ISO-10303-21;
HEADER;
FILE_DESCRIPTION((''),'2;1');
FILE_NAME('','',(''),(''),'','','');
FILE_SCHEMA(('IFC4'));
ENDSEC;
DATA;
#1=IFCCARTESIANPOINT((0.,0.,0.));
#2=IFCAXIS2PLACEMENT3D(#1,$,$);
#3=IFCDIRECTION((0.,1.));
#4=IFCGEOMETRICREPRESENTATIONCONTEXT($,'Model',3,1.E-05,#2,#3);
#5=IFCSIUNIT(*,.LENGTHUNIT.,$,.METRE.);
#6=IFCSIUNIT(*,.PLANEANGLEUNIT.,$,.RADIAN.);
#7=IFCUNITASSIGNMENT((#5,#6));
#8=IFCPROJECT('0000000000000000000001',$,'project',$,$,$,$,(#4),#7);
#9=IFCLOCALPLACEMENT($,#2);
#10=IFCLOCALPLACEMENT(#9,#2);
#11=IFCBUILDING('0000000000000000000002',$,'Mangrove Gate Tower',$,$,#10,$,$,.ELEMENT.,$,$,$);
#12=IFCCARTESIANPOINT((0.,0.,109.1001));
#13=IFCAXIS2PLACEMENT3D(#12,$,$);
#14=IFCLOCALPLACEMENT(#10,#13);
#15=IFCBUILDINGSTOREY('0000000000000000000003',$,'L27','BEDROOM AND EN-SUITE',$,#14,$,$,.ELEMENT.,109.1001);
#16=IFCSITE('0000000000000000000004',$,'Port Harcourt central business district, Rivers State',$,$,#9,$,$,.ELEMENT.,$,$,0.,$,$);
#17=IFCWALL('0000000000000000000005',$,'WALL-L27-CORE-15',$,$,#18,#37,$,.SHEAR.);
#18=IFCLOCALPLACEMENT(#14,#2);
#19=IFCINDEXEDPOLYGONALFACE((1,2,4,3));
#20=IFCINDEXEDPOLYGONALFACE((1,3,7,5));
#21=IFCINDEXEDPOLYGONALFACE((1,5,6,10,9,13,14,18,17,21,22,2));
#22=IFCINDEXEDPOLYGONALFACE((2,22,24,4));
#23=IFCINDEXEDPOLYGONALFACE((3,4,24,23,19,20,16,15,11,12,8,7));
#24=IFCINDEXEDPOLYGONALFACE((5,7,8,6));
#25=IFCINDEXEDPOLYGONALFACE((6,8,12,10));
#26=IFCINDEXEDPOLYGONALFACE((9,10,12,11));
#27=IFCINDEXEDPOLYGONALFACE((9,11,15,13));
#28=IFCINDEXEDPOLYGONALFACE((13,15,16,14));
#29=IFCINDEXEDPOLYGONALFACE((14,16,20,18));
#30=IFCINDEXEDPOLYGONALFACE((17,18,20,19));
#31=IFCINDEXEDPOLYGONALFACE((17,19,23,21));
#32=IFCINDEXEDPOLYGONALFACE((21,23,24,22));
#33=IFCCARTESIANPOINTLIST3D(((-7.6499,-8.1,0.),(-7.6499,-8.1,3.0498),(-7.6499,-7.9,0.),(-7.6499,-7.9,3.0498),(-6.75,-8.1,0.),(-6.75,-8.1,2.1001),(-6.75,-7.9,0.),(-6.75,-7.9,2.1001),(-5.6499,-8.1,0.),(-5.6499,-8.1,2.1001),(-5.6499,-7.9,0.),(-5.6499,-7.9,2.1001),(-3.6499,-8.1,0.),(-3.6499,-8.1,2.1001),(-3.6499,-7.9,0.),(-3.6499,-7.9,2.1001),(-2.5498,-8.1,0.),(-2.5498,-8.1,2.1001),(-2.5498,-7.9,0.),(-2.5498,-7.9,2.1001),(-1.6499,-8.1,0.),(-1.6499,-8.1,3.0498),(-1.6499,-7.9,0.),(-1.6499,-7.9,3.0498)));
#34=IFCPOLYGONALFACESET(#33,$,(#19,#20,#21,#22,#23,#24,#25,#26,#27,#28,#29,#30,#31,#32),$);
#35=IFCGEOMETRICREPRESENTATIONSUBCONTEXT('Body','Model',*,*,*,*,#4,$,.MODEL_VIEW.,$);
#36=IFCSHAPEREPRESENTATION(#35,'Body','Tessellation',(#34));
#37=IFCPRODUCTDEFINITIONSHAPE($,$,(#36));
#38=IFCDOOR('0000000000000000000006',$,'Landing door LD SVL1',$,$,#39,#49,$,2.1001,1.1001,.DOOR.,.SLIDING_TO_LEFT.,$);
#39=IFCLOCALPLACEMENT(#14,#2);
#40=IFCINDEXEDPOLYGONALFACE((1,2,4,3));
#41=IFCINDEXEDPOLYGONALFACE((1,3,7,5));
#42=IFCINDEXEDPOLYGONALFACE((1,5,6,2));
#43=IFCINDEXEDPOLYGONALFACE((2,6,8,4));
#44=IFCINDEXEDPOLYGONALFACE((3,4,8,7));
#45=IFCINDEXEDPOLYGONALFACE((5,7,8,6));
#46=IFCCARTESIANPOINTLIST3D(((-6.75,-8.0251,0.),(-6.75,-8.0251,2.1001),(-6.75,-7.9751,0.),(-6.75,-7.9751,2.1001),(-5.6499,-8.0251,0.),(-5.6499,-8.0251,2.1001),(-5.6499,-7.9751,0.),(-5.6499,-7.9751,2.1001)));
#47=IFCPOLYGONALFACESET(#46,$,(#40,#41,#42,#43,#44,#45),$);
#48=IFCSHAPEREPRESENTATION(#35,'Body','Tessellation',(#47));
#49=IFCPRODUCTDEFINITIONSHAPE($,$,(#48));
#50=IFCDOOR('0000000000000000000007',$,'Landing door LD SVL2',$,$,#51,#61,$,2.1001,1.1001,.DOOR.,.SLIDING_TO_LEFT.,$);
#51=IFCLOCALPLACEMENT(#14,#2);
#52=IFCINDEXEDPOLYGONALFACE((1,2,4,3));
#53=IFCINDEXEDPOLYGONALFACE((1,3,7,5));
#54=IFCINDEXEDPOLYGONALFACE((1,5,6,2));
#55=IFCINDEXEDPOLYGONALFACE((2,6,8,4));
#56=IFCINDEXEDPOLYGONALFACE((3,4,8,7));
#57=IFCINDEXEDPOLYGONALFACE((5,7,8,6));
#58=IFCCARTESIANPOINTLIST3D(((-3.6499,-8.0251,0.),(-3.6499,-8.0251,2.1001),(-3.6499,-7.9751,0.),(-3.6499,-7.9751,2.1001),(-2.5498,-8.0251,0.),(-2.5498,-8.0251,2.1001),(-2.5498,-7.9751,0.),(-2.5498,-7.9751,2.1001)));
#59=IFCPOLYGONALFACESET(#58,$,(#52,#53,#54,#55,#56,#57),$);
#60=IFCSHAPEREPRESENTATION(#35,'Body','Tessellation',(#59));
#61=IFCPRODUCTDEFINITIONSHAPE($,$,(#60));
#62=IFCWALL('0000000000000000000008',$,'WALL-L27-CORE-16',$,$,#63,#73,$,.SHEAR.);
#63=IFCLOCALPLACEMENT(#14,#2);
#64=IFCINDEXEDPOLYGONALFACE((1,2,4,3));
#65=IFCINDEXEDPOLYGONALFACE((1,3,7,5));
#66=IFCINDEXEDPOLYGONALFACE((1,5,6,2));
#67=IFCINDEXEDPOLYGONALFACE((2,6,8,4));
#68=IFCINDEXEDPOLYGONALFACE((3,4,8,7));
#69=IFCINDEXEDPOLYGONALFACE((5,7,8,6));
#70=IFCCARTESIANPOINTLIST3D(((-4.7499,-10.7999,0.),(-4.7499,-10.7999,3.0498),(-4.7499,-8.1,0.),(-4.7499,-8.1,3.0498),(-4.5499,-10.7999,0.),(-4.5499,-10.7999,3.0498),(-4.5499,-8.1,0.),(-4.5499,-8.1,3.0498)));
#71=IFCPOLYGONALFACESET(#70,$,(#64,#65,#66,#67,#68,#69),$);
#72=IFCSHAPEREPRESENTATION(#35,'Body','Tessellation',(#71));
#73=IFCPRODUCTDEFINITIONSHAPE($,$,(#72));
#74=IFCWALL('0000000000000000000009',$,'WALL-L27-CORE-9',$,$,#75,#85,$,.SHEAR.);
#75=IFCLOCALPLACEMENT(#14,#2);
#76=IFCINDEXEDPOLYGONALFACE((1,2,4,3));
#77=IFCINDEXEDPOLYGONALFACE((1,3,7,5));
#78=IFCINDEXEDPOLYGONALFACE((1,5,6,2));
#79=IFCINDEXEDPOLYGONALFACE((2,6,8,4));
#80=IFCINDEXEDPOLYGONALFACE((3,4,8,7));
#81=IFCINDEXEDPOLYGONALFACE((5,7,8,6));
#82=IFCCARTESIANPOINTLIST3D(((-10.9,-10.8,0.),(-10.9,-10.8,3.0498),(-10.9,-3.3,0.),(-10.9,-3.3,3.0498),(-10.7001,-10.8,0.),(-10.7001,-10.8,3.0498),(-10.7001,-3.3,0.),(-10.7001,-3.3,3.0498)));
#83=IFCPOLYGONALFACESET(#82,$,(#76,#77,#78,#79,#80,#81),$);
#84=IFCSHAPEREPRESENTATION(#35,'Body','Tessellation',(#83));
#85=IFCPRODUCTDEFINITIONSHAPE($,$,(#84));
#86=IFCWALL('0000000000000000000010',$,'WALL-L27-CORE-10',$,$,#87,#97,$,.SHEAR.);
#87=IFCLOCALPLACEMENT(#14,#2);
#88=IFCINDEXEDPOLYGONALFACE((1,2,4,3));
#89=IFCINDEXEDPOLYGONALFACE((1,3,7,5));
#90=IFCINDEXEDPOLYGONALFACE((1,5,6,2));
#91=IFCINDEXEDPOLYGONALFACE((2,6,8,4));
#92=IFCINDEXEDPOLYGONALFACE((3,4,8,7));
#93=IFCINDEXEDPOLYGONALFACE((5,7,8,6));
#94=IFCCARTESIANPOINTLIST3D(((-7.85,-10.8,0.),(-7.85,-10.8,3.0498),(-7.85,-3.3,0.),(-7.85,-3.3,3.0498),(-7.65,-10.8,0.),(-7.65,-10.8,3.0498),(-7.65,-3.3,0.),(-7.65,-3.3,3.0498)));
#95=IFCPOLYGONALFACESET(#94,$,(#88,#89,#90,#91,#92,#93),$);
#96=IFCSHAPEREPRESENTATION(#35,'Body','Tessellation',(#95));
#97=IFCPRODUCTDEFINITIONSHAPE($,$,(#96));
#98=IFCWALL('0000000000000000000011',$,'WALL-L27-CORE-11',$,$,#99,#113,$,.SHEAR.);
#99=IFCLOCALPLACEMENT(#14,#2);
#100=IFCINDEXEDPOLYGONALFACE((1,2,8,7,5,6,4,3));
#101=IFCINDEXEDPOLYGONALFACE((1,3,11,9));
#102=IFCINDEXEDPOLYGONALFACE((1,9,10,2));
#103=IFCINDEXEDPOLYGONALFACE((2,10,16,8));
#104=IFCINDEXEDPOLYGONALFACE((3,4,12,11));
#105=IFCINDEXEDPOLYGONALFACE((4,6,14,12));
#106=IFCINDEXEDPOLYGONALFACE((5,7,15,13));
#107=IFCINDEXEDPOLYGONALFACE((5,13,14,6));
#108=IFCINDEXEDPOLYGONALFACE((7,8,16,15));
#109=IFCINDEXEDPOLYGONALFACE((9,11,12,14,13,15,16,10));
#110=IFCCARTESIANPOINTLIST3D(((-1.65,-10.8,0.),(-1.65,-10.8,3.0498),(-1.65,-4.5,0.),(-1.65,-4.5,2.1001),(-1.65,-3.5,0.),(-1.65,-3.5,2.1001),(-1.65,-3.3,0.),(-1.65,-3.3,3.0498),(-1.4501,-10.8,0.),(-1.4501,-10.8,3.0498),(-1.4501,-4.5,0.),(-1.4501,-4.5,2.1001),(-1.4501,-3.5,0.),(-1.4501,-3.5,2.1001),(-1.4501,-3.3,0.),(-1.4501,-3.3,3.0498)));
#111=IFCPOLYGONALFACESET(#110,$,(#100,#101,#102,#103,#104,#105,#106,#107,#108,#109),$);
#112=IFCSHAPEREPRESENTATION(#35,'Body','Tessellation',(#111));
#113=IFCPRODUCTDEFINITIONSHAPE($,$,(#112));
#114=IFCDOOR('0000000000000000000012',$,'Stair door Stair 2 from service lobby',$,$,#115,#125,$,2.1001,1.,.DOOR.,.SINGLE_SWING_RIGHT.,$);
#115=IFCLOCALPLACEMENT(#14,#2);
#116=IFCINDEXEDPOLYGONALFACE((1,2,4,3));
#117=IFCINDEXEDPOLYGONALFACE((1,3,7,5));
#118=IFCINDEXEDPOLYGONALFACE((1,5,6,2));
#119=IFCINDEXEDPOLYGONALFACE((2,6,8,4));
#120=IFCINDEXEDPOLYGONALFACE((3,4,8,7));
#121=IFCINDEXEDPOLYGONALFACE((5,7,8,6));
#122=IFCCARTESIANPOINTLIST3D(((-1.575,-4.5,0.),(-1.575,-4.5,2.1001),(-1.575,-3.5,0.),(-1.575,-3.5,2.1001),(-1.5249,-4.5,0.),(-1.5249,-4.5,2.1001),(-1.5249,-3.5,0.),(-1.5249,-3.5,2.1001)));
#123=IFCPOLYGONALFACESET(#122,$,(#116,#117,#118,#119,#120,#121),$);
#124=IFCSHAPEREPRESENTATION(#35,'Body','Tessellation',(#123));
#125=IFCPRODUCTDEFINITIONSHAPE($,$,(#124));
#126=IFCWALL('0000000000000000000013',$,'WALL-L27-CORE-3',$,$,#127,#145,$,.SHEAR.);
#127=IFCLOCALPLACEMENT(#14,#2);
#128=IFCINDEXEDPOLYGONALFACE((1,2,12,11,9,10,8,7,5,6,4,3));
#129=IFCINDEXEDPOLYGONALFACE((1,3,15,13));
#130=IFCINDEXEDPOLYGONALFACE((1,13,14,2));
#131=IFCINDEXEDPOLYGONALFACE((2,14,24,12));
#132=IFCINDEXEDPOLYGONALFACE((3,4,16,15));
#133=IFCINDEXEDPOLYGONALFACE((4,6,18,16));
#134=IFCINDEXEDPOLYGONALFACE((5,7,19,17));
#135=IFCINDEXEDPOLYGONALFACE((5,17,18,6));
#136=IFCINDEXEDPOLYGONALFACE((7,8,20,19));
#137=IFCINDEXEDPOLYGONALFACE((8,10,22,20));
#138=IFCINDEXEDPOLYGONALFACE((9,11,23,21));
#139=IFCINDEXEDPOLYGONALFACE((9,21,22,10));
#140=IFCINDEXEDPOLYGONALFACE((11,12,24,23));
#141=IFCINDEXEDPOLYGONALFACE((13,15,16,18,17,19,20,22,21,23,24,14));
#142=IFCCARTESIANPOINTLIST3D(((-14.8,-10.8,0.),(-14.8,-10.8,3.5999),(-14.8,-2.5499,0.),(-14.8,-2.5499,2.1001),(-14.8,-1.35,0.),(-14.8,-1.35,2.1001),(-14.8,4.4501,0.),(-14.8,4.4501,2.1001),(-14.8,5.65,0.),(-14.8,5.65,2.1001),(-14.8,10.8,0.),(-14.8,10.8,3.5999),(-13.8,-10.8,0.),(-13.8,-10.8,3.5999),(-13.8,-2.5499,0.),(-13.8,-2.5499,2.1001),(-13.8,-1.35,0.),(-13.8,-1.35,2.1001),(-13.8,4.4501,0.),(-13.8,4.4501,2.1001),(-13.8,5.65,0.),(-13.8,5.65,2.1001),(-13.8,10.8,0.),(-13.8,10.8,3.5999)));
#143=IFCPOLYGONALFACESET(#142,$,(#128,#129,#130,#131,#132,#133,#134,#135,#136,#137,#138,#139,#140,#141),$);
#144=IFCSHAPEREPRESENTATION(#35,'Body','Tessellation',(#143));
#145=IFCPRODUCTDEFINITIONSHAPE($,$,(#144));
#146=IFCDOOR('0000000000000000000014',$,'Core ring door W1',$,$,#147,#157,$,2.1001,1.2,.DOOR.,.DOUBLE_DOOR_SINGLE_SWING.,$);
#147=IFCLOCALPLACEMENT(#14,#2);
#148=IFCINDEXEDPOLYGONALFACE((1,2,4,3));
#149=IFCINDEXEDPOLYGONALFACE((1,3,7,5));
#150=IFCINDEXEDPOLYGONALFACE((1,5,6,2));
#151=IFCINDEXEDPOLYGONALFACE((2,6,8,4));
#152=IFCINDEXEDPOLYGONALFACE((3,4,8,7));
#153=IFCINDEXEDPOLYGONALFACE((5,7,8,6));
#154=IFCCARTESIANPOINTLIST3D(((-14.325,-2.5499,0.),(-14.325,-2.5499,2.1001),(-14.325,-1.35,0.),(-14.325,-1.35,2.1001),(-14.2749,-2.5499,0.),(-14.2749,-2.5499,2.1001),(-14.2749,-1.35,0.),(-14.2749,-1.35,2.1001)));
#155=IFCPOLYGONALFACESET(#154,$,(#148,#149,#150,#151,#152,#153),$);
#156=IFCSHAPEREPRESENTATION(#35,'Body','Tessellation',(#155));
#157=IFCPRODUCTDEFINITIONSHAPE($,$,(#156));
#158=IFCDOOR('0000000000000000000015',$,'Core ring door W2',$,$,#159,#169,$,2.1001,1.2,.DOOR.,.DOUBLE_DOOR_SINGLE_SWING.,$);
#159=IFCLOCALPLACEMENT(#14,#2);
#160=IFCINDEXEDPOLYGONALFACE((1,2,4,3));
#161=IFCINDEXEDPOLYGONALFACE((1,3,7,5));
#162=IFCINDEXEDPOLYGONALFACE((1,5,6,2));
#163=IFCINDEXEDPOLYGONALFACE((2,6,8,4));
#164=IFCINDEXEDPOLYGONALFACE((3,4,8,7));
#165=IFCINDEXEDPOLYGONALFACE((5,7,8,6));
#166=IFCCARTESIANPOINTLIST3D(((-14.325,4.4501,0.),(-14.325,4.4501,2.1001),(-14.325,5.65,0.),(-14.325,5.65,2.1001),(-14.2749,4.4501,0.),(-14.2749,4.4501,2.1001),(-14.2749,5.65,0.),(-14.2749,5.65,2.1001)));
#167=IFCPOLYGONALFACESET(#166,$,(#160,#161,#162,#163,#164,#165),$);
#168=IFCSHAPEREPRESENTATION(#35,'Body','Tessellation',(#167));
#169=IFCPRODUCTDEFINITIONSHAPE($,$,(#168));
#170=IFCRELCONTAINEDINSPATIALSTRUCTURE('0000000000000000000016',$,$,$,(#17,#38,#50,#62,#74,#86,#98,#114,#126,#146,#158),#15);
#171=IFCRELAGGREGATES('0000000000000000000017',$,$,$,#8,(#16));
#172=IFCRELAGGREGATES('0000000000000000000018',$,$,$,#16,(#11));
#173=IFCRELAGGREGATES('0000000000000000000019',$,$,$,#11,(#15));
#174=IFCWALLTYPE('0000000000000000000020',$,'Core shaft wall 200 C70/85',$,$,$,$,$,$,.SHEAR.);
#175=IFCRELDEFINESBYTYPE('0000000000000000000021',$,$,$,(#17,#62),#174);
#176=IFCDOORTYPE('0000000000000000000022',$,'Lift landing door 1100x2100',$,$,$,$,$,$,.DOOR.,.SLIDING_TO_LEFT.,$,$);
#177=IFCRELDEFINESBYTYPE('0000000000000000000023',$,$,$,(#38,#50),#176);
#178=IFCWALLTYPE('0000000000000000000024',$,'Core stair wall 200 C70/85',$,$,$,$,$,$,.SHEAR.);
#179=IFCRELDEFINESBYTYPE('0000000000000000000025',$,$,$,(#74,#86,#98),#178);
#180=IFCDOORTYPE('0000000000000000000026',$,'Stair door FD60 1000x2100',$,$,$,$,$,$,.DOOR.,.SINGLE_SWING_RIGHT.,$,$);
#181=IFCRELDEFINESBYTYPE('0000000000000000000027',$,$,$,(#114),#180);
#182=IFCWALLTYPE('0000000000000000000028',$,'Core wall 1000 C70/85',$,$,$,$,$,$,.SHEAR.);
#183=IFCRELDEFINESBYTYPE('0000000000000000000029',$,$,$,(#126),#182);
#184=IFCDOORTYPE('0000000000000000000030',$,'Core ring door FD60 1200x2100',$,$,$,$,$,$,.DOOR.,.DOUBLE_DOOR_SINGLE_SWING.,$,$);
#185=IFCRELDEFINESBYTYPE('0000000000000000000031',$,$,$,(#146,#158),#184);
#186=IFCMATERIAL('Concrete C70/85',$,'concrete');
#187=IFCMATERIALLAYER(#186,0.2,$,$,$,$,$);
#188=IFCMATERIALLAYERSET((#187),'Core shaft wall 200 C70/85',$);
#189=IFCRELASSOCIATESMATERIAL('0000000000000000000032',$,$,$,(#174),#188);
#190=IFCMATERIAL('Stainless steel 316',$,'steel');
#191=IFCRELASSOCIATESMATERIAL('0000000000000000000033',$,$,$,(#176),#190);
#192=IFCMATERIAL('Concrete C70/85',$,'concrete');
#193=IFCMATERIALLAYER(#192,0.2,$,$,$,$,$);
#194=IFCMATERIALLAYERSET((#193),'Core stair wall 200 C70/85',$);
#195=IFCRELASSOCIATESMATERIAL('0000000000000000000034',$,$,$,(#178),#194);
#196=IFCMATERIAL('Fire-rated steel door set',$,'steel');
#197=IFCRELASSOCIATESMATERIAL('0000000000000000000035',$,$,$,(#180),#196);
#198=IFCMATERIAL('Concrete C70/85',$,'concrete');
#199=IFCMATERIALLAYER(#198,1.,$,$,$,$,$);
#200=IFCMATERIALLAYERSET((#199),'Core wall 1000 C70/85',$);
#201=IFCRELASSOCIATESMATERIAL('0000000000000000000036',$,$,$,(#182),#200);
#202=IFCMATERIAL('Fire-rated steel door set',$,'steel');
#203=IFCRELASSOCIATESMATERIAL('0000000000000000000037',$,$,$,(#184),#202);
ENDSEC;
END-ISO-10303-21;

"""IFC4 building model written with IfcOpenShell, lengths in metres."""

from ifc_helpers import new_model, si_unit, direction, frame, frame_2d, origin, place, context, subcontext, project, spatial, rectangle, extrude, material, layer, layer_set, type_object, element, fill, save


model = new_model("IFC4")

# Units and contexts
model_context = context("Model", 3, precision=1e-05, world=origin(), true_north=direction((0.0, 1.0)))
body_context = subcontext(model_context, "Body", "Model", "MODEL_VIEW")
ifc_project = project(units=[si_unit("LENGTHUNIT", "METRE"), si_unit("PLANEANGLEUNIT", "RADIAN")], contexts=[model_context])

# Site, building, storey
site_placement = place(None, origin())
site = spatial("IfcSite", under=ifc_project, at=site_placement, Name="Port Harcourt central business district, Rivers State", CompositionType="ELEMENT", RefElevation=0.0)
building_placement = place(site_placement, origin())
building = spatial("IfcBuilding", under=site, at=building_placement, Name="Mangrove Gate Tower", CompositionType="ELEMENT")
storey_placement = place(building_placement, frame((0.0, 0.0, 109.1001)))
storey = spatial("IfcBuildingStorey", under=building, at=storey_placement, Name="L27", Description="BEDROOM AND EN-SUITE", CompositionType="ELEMENT", Elevation=109.1001)

# Wall, openings, doors
ifc_material_1 = material(Name="Concrete C70/85", Category="concrete")
ifc_layer_1 = layer(ifc_material_1, 0.2)
ifc_layer_set_1 = layer_set([ifc_layer_1], Name="Core shaft wall 200 C70/85")
wall_type_1 = type_object("IfcWallType", Name="Core shaft wall 200 C70/85", PredefinedType="SHEAR", material=ifc_layer_set_1)
wall_1_placement = place(storey_placement, frame((-7.6499, -8.0, 0.0), z_axis=(0.0, 0.0, 1.0), x_axis=(1.0, 0.0, 0.0)))
wall_1 = element("IfcWall", 1, at=wall_1_placement, inside=storey, type_object=wall_type_1, Name="WALL-L27-CORE-15", PredefinedType="SHEAR", context=body_context, shape_type="SweptSolid", body=[
    extrude(rectangle(XDim=6.0, YDim=0.2, at=frame_2d((3.0, 0.0))), origin(), (0.0, 0.0, 1.0), 3.0498),
])
opening_1_placement = place(wall_1_placement, frame((0.8999, 0.0, 0.0)))
opening_1 = element("IfcOpeningElement", 2, at=opening_1_placement, cuts=wall_1, PredefinedType="OPENING", context=body_context, shape_type="SweptSolid", body=[
    extrude(rectangle(XDim=1.1001, YDim=2.1001, at=frame_2d((0.55, 1.05))), frame((0.0, 0.1099, 0.0), z_axis=(0.0, -1.0, 0.0), x_axis=(1.0, 0.0, 0.0)), (0.0, 0.0, 1.0), 0.22),
])
opening_2_placement = place(wall_1_placement, frame((4.0, 0.0, 0.0)))
opening_2 = element("IfcOpeningElement", 3, at=opening_2_placement, cuts=wall_1, PredefinedType="OPENING", context=body_context, shape_type="SweptSolid", body=[
    extrude(rectangle(XDim=1.1001, YDim=2.1001, at=frame_2d((0.55, 1.05))), frame((0.0, 0.1099, 0.0), z_axis=(0.0, -1.0, 0.0), x_axis=(1.0, 0.0, 0.0)), (0.0, 0.0, 1.0), 0.22),
])
ifc_material_2 = material(Name="Stainless steel 316", Category="steel")
door_type_1 = type_object("IfcDoorType", Name="Lift landing door 1100x2100", OperationType="SLIDING_TO_LEFT", PredefinedType="DOOR", material=ifc_material_2)
door_1_placement = place(opening_1_placement, origin())
door_1 = element("IfcDoor", 4, at=door_1_placement, inside=storey, type_object=door_type_1, Name="Landing door LD SVL1", OperationType="SLIDING_TO_LEFT", OverallHeight=2.1001, OverallWidth=1.1001, PredefinedType="DOOR", context=body_context, shape_type="SweptSolid", body=[
    extrude(rectangle(XDim=1.1001, YDim=2.1001, at=frame_2d((0.55, 1.05))), frame((0.0, 0.0249, 0.0), z_axis=(0.0, -1.0, 0.0), x_axis=(1.0, 0.0, 0.0)), (0.0, 0.0, 1.0), 0.05),
])
fill(opening_1, door_1)
door_2_placement = place(opening_2_placement, origin())
door_2 = element("IfcDoor", 5, at=door_2_placement, inside=storey, type_object=door_type_1, Name="Landing door LD SVL2", OperationType="SLIDING_TO_LEFT", OverallHeight=2.1001, OverallWidth=1.1001, PredefinedType="DOOR", context=body_context, shape_type="SweptSolid", body=[
    extrude(rectangle(XDim=1.1001, YDim=2.1001, at=frame_2d((0.55, 1.05))), frame((0.0, 0.0249, 0.0), z_axis=(0.0, -1.0, 0.0), x_axis=(1.0, 0.0, 0.0)), (0.0, 0.0, 1.0), 0.05),
])
fill(opening_2, door_2)

# Walls
wall_2_placement = place(storey_placement, frame((-4.6499, -10.8, 0.0), z_axis=(0.0, 0.0, 1.0), x_axis=(0.0, 1.0, 0.0)))
element("IfcWall", 6, at=wall_2_placement, inside=storey, type_object=wall_type_1, Name="WALL-L27-CORE-16", PredefinedType="SHEAR", context=body_context, shape_type="SweptSolid", body=[
    extrude(rectangle(XDim=2.7, YDim=0.2, at=frame_2d((1.3501, 0.0))), origin(), (0.0, 0.0, 1.0), 3.0498),
])
ifc_material_3 = material(Name="Concrete C70/85", Category="concrete")
ifc_layer_2 = layer(ifc_material_3, 0.2)
ifc_layer_set_2 = layer_set([ifc_layer_2], Name="Core stair wall 200 C70/85")
wall_type_2 = type_object("IfcWallType", Name="Core stair wall 200 C70/85", PredefinedType="SHEAR", material=ifc_layer_set_2)
for number, where, z_axis, x_axis, name in (
    (7, (-10.8, -10.8, 0.0), (0.0, 0.0, 1.0), (0.0, 1.0, 0.0), "WALL-L27-CORE-9"),
    (8, (-7.75, -10.8, 0.0), (0.0, 0.0, 1.0), (0.0, 1.0, 0.0), "WALL-L27-CORE-10"),
):
    element("IfcWall", number, at=place(storey_placement, frame(where, z_axis=z_axis, x_axis=x_axis)), inside=storey, type_object=wall_type_2, Name=name, PredefinedType="SHEAR", context=body_context, shape_type="SweptSolid", body=[
        extrude(rectangle(XDim=7.5, YDim=0.2, at=frame_2d((3.75, 0.0))), origin(), (0.0, 0.0, 1.0), 3.0498),
    ])

# Wall, opening, door
wall_3_placement = place(storey_placement, frame((-1.55, -10.8, 0.0), z_axis=(0.0, 0.0, 1.0), x_axis=(0.0, 1.0, 0.0)))
wall_3 = element("IfcWall", 9, at=wall_3_placement, inside=storey, type_object=wall_type_2, Name="WALL-L27-CORE-11", PredefinedType="SHEAR", context=body_context, shape_type="SweptSolid", body=[
    extrude(rectangle(XDim=7.5, YDim=0.2, at=frame_2d((3.75, 0.0))), origin(), (0.0, 0.0, 1.0), 3.0498),
])
opening_3_placement = place(wall_3_placement, frame((6.3, 0.0, 0.0)))
opening_3 = element("IfcOpeningElement", 10, at=opening_3_placement, cuts=wall_3, PredefinedType="OPENING", context=body_context, shape_type="SweptSolid", body=[
    extrude(rectangle(XDim=1.0, YDim=2.1001, at=frame_2d((0.5, 1.05))), frame((0.0, 0.1099, 0.0), z_axis=(0.0, -1.0, 0.0), x_axis=(1.0, 0.0, 0.0)), (0.0, 0.0, 1.0), 0.22),
])
ifc_material_4 = material(Name="Fire-rated steel door set", Category="steel")
door_type_2 = type_object("IfcDoorType", Name="Stair door FD60 1000x2100", OperationType="SINGLE_SWING_RIGHT", PredefinedType="DOOR", material=ifc_material_4)
door_3_placement = place(opening_3_placement, origin())
door_3 = element("IfcDoor", 11, at=door_3_placement, inside=storey, type_object=door_type_2, Name="Stair door Stair 2 from service lobby", OperationType="SINGLE_SWING_RIGHT", OverallHeight=2.1001, OverallWidth=1.0, PredefinedType="DOOR", context=body_context, shape_type="SweptSolid", body=[
    extrude(rectangle(XDim=1.0, YDim=2.1001, at=frame_2d((0.5, 1.05))), frame((0.0, 0.0249, 0.0), z_axis=(0.0, -1.0, 0.0), x_axis=(1.0, 0.0, 0.0)), (0.0, 0.0, 1.0), 0.05),
])
fill(opening_3, door_3)

# Wall, openings, doors
ifc_material_5 = material(Name="Concrete C70/85", Category="concrete")
ifc_layer_3 = layer(ifc_material_5, 1.0)
ifc_layer_set_3 = layer_set([ifc_layer_3], Name="Core wall 1000 C70/85")
wall_type_3 = type_object("IfcWallType", Name="Core wall 1000 C70/85", PredefinedType="SHEAR", material=ifc_layer_set_3)
wall_4_placement = place(storey_placement, frame((-14.3, -10.8, 0.0), z_axis=(0.0, 0.0, 1.0), x_axis=(0.0, 1.0, 0.0)))
wall_4 = element("IfcWall", 12, at=wall_4_placement, inside=storey, type_object=wall_type_3, Name="WALL-L27-CORE-3", PredefinedType="SHEAR", context=body_context, shape_type="SweptSolid", body=[
    extrude(rectangle(XDim=21.6001, YDim=1.0, at=frame_2d((10.8, 0.0))), origin(), (0.0, 0.0, 1.0), 3.5999),
])
opening_4_placement = place(wall_4_placement, frame((8.25, 0.0, 0.0)))
opening_4 = element("IfcOpeningElement", 13, at=opening_4_placement, cuts=wall_4, PredefinedType="OPENING", context=body_context, shape_type="SweptSolid", body=[
    extrude(rectangle(XDim=1.2, YDim=2.1001, at=frame_2d((0.6001, 1.05))), frame((0.0, 0.51, 0.0), z_axis=(0.0, -1.0, 0.0), x_axis=(1.0, 0.0, 0.0)), (0.0, 0.0, 1.0), 1.02),
])
opening_5_placement = place(wall_4_placement, frame((15.25, 0.0, 0.0)))
opening_5 = element("IfcOpeningElement", 14, at=opening_5_placement, cuts=wall_4, PredefinedType="OPENING", context=body_context, shape_type="SweptSolid", body=[
    extrude(rectangle(XDim=1.2, YDim=2.1001, at=frame_2d((0.6001, 1.05))), frame((0.0, 0.51, 0.0), z_axis=(0.0, -1.0, 0.0), x_axis=(1.0, 0.0, 0.0)), (0.0, 0.0, 1.0), 1.02),
])
ifc_material_6 = material(Name="Fire-rated steel door set", Category="steel")
door_type_3 = type_object("IfcDoorType", Name="Core ring door FD60 1200x2100", OperationType="DOUBLE_DOOR_SINGLE_SWING", PredefinedType="DOOR", material=ifc_material_6)
door_4_placement = place(opening_4_placement, origin())
door_4 = element("IfcDoor", 15, at=door_4_placement, inside=storey, type_object=door_type_3, Name="Core ring door W1", OperationType="DOUBLE_DOOR_SINGLE_SWING", OverallHeight=2.1001, OverallWidth=1.2, PredefinedType="DOOR", context=body_context, shape_type="SweptSolid", body=[
    extrude(rectangle(XDim=1.2, YDim=2.1001, at=frame_2d((0.6001, 1.05))), frame((0.0, 0.0249, 0.0), z_axis=(0.0, -1.0, 0.0), x_axis=(1.0, 0.0, 0.0)), (0.0, 0.0, 1.0), 0.05),
])
fill(opening_4, door_4)
door_5_placement = place(opening_5_placement, origin())
door_5 = element("IfcDoor", 16, at=door_5_placement, inside=storey, type_object=door_type_3, Name="Core ring door W2", OperationType="DOUBLE_DOOR_SINGLE_SWING", OverallHeight=2.1001, OverallWidth=1.2, PredefinedType="DOOR", context=body_context, shape_type="SweptSolid", body=[
    extrude(rectangle(XDim=1.2, YDim=2.1001, at=frame_2d((0.6001, 1.05))), frame((0.0, 0.0249, 0.0), z_axis=(0.0, -1.0, 0.0), x_axis=(1.0, 0.0, 0.0)), (0.0, 0.0, 1.0), 0.05),
])
fill(opening_5, door_5)

save(model, "model.ifc")
